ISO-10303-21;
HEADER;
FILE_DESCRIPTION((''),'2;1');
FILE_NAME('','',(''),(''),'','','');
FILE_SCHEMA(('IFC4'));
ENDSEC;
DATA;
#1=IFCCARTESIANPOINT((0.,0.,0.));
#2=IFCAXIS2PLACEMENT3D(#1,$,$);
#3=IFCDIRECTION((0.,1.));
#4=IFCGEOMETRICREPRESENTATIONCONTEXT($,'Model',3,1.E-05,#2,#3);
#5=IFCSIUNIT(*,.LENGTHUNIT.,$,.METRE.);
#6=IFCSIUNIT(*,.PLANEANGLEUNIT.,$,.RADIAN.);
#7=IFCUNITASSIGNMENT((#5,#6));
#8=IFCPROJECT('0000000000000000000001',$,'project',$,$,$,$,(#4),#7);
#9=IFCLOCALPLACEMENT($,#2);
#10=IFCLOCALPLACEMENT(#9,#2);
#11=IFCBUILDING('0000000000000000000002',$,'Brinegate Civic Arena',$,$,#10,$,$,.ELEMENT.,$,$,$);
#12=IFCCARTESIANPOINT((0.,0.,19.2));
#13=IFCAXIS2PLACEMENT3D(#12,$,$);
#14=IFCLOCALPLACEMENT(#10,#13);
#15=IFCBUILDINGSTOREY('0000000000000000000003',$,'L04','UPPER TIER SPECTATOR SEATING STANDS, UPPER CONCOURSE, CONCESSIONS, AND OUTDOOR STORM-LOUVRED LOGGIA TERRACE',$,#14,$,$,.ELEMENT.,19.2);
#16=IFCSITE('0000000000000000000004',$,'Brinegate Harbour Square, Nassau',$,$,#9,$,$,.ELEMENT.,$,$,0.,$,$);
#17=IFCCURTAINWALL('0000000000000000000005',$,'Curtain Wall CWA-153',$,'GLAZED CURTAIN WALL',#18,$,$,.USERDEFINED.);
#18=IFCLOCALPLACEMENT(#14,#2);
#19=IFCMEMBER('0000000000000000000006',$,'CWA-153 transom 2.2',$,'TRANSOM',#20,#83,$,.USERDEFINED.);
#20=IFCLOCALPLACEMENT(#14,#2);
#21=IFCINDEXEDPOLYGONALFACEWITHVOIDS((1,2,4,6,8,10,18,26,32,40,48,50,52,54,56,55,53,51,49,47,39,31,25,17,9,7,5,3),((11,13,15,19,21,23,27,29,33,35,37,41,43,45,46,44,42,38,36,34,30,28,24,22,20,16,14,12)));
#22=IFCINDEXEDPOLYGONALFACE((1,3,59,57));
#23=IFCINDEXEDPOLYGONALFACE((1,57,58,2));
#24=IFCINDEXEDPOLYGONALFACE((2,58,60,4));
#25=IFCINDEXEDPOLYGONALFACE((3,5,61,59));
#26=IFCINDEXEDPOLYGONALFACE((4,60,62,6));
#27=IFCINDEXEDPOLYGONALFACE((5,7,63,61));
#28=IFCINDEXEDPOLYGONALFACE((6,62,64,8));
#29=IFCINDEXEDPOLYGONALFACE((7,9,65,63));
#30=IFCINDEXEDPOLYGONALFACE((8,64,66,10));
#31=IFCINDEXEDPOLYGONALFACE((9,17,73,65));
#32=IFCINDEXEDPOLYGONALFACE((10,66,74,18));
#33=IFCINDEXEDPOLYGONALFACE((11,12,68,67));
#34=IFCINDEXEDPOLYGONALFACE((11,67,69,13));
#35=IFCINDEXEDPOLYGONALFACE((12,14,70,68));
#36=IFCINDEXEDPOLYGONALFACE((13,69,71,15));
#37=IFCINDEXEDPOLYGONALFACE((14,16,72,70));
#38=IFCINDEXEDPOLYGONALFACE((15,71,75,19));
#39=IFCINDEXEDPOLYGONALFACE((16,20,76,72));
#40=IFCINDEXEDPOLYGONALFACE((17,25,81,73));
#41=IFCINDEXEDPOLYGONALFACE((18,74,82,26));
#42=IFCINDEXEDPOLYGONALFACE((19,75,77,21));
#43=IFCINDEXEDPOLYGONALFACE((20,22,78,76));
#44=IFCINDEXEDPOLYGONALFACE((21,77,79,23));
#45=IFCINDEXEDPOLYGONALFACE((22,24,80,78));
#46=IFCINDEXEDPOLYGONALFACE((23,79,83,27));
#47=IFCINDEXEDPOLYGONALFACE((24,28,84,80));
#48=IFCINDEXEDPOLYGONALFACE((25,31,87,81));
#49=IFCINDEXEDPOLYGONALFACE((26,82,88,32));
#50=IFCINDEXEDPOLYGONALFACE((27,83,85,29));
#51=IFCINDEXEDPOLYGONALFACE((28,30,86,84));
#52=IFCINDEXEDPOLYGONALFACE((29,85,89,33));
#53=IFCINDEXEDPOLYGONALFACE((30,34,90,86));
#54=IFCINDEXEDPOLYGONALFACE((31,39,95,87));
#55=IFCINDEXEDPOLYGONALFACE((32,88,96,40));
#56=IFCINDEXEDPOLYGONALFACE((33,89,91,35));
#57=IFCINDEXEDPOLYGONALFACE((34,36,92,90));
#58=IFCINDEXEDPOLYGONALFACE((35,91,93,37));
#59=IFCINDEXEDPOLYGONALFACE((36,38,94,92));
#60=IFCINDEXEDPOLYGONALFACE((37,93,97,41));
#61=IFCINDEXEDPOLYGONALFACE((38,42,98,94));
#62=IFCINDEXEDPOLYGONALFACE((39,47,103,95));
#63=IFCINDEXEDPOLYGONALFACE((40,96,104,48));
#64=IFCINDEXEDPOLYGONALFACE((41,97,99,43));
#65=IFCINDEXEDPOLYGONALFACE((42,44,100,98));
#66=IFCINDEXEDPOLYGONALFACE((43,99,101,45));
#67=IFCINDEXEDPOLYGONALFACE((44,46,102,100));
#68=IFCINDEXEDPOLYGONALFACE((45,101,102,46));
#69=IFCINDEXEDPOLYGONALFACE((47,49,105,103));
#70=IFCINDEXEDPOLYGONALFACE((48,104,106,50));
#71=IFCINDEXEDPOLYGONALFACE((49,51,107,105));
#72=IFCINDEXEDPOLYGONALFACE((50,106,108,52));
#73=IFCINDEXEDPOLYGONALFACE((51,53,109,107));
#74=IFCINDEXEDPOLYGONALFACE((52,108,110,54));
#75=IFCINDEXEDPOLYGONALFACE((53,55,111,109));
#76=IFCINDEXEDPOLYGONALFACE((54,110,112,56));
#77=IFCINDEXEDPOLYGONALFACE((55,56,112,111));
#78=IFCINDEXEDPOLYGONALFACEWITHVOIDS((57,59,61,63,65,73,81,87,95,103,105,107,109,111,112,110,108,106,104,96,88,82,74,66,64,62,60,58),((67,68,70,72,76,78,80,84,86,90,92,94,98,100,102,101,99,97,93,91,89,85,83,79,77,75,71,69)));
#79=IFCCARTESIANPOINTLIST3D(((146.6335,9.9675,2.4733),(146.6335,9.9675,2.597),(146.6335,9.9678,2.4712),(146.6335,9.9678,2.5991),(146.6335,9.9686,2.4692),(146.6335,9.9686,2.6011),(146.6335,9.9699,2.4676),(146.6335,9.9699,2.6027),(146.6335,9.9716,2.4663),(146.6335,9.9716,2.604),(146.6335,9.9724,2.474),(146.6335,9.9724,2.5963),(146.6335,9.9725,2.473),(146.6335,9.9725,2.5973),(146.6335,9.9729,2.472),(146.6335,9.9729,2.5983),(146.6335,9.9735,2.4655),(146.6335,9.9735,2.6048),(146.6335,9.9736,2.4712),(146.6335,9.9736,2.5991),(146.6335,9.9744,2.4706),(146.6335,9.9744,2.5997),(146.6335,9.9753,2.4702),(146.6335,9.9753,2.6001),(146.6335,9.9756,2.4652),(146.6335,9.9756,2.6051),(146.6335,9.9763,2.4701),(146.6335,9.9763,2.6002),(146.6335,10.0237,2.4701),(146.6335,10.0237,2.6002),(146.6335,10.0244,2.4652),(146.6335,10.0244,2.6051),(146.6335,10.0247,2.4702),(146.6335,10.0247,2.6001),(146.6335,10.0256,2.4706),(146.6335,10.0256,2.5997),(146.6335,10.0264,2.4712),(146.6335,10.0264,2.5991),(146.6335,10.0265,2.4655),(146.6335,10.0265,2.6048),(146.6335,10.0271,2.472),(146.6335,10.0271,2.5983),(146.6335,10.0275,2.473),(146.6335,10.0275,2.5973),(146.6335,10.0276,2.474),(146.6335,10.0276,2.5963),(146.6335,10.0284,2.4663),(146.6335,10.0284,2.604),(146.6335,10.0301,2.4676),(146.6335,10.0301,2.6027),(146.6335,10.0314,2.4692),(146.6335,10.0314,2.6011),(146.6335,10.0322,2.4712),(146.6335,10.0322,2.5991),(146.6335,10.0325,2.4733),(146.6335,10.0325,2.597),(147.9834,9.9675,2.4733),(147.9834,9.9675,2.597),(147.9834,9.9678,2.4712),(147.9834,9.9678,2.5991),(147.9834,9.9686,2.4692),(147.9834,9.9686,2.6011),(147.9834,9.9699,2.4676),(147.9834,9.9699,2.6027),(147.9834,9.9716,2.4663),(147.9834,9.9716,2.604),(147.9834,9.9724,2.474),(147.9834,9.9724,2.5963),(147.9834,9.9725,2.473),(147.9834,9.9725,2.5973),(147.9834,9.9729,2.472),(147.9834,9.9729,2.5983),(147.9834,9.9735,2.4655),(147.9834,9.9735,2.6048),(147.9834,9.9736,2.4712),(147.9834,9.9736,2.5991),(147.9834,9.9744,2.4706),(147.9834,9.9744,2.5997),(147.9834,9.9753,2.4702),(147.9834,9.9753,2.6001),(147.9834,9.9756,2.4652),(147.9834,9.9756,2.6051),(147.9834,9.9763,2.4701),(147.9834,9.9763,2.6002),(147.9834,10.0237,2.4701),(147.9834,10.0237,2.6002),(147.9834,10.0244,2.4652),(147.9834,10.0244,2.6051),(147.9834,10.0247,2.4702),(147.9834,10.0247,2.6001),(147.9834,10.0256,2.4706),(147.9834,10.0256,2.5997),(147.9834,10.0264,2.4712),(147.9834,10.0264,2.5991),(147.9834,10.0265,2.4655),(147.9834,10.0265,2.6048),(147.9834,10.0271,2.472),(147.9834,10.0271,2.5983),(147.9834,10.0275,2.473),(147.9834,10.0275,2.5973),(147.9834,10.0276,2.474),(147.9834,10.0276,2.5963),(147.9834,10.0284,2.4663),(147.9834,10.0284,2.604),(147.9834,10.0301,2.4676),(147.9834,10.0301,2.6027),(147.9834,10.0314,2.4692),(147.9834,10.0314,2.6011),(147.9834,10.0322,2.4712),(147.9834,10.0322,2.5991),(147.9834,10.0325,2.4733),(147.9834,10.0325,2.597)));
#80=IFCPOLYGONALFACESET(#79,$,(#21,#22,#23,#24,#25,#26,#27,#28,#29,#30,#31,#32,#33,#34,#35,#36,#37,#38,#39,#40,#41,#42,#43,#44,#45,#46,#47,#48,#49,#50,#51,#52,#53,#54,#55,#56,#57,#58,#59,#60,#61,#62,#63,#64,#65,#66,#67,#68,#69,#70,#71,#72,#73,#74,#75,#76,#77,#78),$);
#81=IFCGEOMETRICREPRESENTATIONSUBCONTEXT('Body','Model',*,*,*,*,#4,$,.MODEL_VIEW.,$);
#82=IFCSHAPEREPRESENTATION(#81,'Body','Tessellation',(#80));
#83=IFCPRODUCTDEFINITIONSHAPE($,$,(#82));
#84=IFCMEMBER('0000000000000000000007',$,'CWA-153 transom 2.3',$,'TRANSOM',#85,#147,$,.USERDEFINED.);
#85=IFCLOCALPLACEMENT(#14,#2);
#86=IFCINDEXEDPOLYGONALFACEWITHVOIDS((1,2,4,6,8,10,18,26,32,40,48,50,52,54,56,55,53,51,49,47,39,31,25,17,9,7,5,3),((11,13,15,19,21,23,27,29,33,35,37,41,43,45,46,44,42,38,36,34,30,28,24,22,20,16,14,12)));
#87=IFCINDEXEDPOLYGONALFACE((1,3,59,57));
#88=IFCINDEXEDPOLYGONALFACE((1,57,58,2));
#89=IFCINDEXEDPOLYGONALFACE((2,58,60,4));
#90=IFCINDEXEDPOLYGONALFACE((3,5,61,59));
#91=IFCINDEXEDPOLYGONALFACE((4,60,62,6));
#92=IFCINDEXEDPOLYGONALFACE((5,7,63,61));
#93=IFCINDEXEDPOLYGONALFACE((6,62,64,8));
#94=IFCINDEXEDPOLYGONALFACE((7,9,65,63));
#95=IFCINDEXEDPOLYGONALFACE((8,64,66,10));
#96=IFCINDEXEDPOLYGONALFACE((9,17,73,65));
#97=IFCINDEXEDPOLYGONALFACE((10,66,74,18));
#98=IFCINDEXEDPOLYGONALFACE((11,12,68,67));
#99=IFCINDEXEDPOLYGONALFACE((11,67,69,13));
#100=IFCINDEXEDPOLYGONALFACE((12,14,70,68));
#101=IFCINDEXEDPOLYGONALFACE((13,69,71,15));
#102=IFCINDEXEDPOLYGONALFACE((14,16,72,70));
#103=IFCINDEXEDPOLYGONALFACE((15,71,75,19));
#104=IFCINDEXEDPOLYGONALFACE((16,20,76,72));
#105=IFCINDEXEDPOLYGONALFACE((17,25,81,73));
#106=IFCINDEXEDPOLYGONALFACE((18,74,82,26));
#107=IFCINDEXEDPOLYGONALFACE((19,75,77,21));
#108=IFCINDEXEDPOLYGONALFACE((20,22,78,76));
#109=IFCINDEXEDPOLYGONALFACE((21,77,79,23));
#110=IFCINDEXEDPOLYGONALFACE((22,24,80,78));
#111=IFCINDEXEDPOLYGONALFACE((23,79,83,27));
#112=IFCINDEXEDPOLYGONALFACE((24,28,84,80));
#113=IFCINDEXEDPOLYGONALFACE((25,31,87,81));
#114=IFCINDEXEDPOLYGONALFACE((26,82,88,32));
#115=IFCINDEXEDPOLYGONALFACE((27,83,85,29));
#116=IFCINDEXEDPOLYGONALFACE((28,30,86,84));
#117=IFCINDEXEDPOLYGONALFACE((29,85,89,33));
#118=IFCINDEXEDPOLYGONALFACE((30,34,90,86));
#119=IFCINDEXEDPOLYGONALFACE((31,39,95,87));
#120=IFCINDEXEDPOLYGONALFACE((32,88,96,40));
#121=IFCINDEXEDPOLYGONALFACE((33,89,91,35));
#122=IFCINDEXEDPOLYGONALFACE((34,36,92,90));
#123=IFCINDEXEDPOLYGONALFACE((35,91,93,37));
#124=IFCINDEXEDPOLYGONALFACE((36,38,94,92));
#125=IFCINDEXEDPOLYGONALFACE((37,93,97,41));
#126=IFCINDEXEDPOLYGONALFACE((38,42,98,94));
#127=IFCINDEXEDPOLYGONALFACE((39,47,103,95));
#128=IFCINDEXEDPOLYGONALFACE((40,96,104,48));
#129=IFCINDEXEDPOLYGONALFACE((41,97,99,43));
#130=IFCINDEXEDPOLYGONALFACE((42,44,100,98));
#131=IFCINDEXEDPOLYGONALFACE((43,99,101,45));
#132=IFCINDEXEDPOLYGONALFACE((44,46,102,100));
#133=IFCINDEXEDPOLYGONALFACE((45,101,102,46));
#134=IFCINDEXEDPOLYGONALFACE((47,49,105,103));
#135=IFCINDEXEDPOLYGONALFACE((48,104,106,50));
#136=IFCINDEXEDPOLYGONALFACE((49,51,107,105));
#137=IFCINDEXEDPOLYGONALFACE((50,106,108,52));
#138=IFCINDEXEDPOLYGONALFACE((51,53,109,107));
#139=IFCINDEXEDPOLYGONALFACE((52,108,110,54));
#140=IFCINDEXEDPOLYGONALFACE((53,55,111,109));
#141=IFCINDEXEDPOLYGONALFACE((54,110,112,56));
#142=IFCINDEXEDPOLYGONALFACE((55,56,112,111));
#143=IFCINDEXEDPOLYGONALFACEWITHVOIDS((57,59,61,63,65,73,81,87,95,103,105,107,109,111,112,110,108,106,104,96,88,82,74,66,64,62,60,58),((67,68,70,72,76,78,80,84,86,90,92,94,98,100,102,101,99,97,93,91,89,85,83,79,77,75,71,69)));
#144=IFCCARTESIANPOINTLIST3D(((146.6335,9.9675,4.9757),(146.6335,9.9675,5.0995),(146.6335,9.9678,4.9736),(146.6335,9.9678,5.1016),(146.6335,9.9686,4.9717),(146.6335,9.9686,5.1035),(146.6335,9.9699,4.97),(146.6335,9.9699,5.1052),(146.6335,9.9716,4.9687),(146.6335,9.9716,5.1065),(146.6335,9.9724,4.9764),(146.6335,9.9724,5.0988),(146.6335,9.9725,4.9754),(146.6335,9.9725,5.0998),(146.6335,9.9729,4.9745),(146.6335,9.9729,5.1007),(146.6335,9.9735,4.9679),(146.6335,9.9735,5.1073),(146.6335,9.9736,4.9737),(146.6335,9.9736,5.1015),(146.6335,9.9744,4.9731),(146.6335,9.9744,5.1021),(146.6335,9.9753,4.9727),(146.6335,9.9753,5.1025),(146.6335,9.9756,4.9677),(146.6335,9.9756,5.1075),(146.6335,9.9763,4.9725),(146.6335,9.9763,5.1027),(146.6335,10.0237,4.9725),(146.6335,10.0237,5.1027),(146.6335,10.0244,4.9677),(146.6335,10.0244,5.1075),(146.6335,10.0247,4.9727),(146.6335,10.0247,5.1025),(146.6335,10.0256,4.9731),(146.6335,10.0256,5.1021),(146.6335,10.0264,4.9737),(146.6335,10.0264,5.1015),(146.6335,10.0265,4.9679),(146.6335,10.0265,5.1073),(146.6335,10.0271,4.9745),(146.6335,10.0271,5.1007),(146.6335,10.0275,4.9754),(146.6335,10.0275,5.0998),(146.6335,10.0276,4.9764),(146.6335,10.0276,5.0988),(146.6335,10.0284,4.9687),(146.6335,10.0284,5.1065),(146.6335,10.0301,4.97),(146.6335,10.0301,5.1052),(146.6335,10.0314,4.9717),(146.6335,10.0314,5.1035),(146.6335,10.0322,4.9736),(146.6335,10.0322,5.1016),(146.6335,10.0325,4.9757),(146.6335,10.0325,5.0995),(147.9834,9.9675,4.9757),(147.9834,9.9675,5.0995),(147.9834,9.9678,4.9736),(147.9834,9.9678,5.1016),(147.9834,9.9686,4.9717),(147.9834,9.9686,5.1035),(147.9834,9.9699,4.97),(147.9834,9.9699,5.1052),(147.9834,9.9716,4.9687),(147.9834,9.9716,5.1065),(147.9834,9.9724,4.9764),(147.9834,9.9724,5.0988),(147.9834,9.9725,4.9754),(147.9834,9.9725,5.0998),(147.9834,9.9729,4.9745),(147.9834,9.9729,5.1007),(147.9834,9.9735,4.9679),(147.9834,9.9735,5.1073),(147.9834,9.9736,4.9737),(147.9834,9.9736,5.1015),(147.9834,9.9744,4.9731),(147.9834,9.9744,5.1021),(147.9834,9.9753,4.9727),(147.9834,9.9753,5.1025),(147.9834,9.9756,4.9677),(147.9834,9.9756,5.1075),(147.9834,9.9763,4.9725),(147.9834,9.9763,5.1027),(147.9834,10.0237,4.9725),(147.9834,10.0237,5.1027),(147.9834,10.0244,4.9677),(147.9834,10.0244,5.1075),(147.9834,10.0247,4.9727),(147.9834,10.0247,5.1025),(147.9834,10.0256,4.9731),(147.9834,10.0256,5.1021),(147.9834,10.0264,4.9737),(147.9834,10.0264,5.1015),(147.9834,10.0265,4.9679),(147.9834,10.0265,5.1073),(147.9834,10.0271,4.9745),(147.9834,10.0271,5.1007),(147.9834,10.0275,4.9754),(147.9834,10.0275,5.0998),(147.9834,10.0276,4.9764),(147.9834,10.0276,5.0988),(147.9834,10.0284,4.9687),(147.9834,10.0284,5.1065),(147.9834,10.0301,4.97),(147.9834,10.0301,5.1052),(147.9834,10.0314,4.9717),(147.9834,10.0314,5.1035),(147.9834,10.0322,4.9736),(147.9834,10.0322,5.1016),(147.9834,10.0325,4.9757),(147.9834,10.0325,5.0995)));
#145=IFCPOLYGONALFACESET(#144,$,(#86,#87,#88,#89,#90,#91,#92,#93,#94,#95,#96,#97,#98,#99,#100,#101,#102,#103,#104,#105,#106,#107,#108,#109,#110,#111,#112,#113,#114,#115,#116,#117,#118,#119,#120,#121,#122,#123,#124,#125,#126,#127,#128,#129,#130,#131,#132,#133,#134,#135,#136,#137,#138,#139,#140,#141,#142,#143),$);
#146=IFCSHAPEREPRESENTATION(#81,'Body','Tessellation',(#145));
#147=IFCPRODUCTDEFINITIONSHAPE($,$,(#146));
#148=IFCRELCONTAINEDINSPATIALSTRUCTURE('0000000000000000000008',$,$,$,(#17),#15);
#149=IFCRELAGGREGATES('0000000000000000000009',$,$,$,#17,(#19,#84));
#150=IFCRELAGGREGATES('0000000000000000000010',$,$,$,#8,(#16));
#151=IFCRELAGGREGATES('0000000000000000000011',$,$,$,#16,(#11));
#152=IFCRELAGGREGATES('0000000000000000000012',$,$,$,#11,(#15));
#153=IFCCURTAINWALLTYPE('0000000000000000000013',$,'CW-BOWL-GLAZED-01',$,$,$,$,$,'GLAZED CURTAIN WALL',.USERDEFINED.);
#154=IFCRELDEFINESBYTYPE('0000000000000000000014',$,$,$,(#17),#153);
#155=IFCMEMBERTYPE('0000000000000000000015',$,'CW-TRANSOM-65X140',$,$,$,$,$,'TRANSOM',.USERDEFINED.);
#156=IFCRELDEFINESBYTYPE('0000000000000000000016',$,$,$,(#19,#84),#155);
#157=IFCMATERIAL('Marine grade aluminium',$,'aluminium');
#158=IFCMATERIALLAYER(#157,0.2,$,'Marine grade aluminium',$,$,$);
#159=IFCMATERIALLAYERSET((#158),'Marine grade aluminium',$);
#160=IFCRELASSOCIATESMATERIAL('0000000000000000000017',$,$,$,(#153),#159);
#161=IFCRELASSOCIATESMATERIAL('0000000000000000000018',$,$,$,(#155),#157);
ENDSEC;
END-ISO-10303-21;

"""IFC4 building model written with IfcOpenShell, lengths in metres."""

from ifc_helpers import new_model, si_unit, direction, frame, origin, origin_2d, place, context, subcontext, project, spatial, hollow_rectangle, extrude, material, layer, layer_set, material_profile, profile_set, type_object, element, aggregate, save


model = new_model("IFC4")

# Units and contexts
model_context = context("Model", 3, precision=1e-05, world=origin(), true_north=direction((0.0, 1.0)))
body_context = subcontext(model_context, "Body", "Model", "MODEL_VIEW")
ifc_project = project(units=[si_unit("LENGTHUNIT", "METRE"), si_unit("PLANEANGLEUNIT", "RADIAN")], contexts=[model_context])

# Site, building, storey
site_placement = place(None, origin())
site = spatial("IfcSite", under=ifc_project, at=site_placement, Name="Brinegate Harbour Square, Nassau", CompositionType="ELEMENT", RefElevation=0.0)
building_placement = place(site_placement, origin())
building = spatial("IfcBuilding", under=site, at=building_placement, Name="Brinegate Civic Arena", CompositionType="ELEMENT")
storey_placement = place(building_placement, frame((0.0, 0.0, 19.2)))
storey = spatial("IfcBuildingStorey", under=building, at=storey_placement, Name="L04", Description="UPPER TIER SPECTATOR SEATING STANDS, UPPER CONCOURSE, CONCESSIONS, AND OUTDOOR STORM-LOUVRED LOGGIA TERRACE", CompositionType="ELEMENT", Elevation=19.2)

# Curtain wall, members
ifc_material_1 = material(Name="Marine grade aluminium", Category="aluminium")
ifc_layer_1 = layer(ifc_material_1, 0.2, Name="Marine grade aluminium")
ifc_layer_set_1 = layer_set([ifc_layer_1], Name="Marine grade aluminium")
curtain_wall_type_1 = type_object("IfcCurtainWallType", Name="CW-BOWL-GLAZED-01", ElementType="GLAZED CURTAIN WALL", PredefinedType="USERDEFINED", material=ifc_layer_set_1)
curtain_wall_1_placement = place(storey_placement, origin())
curtain_wall_1 = element("IfcCurtainWall", 1, at=curtain_wall_1_placement, inside=storey, type_object=curtain_wall_type_1, Name="Curtain Wall CWA-153", ObjectType="GLAZED CURTAIN WALL", PredefinedType="USERDEFINED")
ifc_material_profile_1 = material_profile(ifc_material_1, hollow_rectangle(XDim=0.0649, YDim=0.1399, WallThickness=0.0049, InnerFilletRadius=0.0039, OuterFilletRadius=0.0081, at=origin_2d()), Name="TRN65X140")
ifc_profile_set_1 = profile_set([ifc_material_profile_1], Name="Marine grade aluminium")
member_type_1 = type_object("IfcMemberType", Name="CW-TRANSOM-65X140", ElementType="TRANSOM", PredefinedType="USERDEFINED", material=ifc_profile_set_1)
member_1_placement = place(storey_placement, frame((146.6335, 10.0, 2.5352), z_axis=(1.0, 0.0, 0.0), x_axis=(0.0, 1.0, 0.0)))
member_1 = element("IfcMember", 2, at=member_1_placement, type_object=member_type_1, Name="CWA-153 transom 2.2", ObjectType="TRANSOM", PredefinedType="USERDEFINED", context=body_context, shape_type="SweptSolid", body=[
    extrude(hollow_rectangle(XDim=0.0649, YDim=0.1399, WallThickness=0.0049, InnerFilletRadius=0.0039, OuterFilletRadius=0.0081, at=origin_2d()), origin(), (0.0, 0.0, 1.0), 1.3499),
])
member_2_placement = place(storey_placement, frame((146.6335, 10.0, 5.0376), z_axis=(1.0, 0.0, 0.0), x_axis=(0.0, 1.0, 0.0)))
member_2 = element("IfcMember", 3, at=member_2_placement, type_object=member_type_1, Name="CWA-153 transom 2.3", ObjectType="TRANSOM", PredefinedType="USERDEFINED", context=body_context, shape_type="SweptSolid", body=[
    extrude(hollow_rectangle(XDim=0.0649, YDim=0.1399, WallThickness=0.0049, InnerFilletRadius=0.0039, OuterFilletRadius=0.0081, at=origin_2d()), origin(), (0.0, 0.0, 1.0), 1.3499),
])

aggregate(curtain_wall_1, [member_1, member_2])

save(model, "model.ifc")
